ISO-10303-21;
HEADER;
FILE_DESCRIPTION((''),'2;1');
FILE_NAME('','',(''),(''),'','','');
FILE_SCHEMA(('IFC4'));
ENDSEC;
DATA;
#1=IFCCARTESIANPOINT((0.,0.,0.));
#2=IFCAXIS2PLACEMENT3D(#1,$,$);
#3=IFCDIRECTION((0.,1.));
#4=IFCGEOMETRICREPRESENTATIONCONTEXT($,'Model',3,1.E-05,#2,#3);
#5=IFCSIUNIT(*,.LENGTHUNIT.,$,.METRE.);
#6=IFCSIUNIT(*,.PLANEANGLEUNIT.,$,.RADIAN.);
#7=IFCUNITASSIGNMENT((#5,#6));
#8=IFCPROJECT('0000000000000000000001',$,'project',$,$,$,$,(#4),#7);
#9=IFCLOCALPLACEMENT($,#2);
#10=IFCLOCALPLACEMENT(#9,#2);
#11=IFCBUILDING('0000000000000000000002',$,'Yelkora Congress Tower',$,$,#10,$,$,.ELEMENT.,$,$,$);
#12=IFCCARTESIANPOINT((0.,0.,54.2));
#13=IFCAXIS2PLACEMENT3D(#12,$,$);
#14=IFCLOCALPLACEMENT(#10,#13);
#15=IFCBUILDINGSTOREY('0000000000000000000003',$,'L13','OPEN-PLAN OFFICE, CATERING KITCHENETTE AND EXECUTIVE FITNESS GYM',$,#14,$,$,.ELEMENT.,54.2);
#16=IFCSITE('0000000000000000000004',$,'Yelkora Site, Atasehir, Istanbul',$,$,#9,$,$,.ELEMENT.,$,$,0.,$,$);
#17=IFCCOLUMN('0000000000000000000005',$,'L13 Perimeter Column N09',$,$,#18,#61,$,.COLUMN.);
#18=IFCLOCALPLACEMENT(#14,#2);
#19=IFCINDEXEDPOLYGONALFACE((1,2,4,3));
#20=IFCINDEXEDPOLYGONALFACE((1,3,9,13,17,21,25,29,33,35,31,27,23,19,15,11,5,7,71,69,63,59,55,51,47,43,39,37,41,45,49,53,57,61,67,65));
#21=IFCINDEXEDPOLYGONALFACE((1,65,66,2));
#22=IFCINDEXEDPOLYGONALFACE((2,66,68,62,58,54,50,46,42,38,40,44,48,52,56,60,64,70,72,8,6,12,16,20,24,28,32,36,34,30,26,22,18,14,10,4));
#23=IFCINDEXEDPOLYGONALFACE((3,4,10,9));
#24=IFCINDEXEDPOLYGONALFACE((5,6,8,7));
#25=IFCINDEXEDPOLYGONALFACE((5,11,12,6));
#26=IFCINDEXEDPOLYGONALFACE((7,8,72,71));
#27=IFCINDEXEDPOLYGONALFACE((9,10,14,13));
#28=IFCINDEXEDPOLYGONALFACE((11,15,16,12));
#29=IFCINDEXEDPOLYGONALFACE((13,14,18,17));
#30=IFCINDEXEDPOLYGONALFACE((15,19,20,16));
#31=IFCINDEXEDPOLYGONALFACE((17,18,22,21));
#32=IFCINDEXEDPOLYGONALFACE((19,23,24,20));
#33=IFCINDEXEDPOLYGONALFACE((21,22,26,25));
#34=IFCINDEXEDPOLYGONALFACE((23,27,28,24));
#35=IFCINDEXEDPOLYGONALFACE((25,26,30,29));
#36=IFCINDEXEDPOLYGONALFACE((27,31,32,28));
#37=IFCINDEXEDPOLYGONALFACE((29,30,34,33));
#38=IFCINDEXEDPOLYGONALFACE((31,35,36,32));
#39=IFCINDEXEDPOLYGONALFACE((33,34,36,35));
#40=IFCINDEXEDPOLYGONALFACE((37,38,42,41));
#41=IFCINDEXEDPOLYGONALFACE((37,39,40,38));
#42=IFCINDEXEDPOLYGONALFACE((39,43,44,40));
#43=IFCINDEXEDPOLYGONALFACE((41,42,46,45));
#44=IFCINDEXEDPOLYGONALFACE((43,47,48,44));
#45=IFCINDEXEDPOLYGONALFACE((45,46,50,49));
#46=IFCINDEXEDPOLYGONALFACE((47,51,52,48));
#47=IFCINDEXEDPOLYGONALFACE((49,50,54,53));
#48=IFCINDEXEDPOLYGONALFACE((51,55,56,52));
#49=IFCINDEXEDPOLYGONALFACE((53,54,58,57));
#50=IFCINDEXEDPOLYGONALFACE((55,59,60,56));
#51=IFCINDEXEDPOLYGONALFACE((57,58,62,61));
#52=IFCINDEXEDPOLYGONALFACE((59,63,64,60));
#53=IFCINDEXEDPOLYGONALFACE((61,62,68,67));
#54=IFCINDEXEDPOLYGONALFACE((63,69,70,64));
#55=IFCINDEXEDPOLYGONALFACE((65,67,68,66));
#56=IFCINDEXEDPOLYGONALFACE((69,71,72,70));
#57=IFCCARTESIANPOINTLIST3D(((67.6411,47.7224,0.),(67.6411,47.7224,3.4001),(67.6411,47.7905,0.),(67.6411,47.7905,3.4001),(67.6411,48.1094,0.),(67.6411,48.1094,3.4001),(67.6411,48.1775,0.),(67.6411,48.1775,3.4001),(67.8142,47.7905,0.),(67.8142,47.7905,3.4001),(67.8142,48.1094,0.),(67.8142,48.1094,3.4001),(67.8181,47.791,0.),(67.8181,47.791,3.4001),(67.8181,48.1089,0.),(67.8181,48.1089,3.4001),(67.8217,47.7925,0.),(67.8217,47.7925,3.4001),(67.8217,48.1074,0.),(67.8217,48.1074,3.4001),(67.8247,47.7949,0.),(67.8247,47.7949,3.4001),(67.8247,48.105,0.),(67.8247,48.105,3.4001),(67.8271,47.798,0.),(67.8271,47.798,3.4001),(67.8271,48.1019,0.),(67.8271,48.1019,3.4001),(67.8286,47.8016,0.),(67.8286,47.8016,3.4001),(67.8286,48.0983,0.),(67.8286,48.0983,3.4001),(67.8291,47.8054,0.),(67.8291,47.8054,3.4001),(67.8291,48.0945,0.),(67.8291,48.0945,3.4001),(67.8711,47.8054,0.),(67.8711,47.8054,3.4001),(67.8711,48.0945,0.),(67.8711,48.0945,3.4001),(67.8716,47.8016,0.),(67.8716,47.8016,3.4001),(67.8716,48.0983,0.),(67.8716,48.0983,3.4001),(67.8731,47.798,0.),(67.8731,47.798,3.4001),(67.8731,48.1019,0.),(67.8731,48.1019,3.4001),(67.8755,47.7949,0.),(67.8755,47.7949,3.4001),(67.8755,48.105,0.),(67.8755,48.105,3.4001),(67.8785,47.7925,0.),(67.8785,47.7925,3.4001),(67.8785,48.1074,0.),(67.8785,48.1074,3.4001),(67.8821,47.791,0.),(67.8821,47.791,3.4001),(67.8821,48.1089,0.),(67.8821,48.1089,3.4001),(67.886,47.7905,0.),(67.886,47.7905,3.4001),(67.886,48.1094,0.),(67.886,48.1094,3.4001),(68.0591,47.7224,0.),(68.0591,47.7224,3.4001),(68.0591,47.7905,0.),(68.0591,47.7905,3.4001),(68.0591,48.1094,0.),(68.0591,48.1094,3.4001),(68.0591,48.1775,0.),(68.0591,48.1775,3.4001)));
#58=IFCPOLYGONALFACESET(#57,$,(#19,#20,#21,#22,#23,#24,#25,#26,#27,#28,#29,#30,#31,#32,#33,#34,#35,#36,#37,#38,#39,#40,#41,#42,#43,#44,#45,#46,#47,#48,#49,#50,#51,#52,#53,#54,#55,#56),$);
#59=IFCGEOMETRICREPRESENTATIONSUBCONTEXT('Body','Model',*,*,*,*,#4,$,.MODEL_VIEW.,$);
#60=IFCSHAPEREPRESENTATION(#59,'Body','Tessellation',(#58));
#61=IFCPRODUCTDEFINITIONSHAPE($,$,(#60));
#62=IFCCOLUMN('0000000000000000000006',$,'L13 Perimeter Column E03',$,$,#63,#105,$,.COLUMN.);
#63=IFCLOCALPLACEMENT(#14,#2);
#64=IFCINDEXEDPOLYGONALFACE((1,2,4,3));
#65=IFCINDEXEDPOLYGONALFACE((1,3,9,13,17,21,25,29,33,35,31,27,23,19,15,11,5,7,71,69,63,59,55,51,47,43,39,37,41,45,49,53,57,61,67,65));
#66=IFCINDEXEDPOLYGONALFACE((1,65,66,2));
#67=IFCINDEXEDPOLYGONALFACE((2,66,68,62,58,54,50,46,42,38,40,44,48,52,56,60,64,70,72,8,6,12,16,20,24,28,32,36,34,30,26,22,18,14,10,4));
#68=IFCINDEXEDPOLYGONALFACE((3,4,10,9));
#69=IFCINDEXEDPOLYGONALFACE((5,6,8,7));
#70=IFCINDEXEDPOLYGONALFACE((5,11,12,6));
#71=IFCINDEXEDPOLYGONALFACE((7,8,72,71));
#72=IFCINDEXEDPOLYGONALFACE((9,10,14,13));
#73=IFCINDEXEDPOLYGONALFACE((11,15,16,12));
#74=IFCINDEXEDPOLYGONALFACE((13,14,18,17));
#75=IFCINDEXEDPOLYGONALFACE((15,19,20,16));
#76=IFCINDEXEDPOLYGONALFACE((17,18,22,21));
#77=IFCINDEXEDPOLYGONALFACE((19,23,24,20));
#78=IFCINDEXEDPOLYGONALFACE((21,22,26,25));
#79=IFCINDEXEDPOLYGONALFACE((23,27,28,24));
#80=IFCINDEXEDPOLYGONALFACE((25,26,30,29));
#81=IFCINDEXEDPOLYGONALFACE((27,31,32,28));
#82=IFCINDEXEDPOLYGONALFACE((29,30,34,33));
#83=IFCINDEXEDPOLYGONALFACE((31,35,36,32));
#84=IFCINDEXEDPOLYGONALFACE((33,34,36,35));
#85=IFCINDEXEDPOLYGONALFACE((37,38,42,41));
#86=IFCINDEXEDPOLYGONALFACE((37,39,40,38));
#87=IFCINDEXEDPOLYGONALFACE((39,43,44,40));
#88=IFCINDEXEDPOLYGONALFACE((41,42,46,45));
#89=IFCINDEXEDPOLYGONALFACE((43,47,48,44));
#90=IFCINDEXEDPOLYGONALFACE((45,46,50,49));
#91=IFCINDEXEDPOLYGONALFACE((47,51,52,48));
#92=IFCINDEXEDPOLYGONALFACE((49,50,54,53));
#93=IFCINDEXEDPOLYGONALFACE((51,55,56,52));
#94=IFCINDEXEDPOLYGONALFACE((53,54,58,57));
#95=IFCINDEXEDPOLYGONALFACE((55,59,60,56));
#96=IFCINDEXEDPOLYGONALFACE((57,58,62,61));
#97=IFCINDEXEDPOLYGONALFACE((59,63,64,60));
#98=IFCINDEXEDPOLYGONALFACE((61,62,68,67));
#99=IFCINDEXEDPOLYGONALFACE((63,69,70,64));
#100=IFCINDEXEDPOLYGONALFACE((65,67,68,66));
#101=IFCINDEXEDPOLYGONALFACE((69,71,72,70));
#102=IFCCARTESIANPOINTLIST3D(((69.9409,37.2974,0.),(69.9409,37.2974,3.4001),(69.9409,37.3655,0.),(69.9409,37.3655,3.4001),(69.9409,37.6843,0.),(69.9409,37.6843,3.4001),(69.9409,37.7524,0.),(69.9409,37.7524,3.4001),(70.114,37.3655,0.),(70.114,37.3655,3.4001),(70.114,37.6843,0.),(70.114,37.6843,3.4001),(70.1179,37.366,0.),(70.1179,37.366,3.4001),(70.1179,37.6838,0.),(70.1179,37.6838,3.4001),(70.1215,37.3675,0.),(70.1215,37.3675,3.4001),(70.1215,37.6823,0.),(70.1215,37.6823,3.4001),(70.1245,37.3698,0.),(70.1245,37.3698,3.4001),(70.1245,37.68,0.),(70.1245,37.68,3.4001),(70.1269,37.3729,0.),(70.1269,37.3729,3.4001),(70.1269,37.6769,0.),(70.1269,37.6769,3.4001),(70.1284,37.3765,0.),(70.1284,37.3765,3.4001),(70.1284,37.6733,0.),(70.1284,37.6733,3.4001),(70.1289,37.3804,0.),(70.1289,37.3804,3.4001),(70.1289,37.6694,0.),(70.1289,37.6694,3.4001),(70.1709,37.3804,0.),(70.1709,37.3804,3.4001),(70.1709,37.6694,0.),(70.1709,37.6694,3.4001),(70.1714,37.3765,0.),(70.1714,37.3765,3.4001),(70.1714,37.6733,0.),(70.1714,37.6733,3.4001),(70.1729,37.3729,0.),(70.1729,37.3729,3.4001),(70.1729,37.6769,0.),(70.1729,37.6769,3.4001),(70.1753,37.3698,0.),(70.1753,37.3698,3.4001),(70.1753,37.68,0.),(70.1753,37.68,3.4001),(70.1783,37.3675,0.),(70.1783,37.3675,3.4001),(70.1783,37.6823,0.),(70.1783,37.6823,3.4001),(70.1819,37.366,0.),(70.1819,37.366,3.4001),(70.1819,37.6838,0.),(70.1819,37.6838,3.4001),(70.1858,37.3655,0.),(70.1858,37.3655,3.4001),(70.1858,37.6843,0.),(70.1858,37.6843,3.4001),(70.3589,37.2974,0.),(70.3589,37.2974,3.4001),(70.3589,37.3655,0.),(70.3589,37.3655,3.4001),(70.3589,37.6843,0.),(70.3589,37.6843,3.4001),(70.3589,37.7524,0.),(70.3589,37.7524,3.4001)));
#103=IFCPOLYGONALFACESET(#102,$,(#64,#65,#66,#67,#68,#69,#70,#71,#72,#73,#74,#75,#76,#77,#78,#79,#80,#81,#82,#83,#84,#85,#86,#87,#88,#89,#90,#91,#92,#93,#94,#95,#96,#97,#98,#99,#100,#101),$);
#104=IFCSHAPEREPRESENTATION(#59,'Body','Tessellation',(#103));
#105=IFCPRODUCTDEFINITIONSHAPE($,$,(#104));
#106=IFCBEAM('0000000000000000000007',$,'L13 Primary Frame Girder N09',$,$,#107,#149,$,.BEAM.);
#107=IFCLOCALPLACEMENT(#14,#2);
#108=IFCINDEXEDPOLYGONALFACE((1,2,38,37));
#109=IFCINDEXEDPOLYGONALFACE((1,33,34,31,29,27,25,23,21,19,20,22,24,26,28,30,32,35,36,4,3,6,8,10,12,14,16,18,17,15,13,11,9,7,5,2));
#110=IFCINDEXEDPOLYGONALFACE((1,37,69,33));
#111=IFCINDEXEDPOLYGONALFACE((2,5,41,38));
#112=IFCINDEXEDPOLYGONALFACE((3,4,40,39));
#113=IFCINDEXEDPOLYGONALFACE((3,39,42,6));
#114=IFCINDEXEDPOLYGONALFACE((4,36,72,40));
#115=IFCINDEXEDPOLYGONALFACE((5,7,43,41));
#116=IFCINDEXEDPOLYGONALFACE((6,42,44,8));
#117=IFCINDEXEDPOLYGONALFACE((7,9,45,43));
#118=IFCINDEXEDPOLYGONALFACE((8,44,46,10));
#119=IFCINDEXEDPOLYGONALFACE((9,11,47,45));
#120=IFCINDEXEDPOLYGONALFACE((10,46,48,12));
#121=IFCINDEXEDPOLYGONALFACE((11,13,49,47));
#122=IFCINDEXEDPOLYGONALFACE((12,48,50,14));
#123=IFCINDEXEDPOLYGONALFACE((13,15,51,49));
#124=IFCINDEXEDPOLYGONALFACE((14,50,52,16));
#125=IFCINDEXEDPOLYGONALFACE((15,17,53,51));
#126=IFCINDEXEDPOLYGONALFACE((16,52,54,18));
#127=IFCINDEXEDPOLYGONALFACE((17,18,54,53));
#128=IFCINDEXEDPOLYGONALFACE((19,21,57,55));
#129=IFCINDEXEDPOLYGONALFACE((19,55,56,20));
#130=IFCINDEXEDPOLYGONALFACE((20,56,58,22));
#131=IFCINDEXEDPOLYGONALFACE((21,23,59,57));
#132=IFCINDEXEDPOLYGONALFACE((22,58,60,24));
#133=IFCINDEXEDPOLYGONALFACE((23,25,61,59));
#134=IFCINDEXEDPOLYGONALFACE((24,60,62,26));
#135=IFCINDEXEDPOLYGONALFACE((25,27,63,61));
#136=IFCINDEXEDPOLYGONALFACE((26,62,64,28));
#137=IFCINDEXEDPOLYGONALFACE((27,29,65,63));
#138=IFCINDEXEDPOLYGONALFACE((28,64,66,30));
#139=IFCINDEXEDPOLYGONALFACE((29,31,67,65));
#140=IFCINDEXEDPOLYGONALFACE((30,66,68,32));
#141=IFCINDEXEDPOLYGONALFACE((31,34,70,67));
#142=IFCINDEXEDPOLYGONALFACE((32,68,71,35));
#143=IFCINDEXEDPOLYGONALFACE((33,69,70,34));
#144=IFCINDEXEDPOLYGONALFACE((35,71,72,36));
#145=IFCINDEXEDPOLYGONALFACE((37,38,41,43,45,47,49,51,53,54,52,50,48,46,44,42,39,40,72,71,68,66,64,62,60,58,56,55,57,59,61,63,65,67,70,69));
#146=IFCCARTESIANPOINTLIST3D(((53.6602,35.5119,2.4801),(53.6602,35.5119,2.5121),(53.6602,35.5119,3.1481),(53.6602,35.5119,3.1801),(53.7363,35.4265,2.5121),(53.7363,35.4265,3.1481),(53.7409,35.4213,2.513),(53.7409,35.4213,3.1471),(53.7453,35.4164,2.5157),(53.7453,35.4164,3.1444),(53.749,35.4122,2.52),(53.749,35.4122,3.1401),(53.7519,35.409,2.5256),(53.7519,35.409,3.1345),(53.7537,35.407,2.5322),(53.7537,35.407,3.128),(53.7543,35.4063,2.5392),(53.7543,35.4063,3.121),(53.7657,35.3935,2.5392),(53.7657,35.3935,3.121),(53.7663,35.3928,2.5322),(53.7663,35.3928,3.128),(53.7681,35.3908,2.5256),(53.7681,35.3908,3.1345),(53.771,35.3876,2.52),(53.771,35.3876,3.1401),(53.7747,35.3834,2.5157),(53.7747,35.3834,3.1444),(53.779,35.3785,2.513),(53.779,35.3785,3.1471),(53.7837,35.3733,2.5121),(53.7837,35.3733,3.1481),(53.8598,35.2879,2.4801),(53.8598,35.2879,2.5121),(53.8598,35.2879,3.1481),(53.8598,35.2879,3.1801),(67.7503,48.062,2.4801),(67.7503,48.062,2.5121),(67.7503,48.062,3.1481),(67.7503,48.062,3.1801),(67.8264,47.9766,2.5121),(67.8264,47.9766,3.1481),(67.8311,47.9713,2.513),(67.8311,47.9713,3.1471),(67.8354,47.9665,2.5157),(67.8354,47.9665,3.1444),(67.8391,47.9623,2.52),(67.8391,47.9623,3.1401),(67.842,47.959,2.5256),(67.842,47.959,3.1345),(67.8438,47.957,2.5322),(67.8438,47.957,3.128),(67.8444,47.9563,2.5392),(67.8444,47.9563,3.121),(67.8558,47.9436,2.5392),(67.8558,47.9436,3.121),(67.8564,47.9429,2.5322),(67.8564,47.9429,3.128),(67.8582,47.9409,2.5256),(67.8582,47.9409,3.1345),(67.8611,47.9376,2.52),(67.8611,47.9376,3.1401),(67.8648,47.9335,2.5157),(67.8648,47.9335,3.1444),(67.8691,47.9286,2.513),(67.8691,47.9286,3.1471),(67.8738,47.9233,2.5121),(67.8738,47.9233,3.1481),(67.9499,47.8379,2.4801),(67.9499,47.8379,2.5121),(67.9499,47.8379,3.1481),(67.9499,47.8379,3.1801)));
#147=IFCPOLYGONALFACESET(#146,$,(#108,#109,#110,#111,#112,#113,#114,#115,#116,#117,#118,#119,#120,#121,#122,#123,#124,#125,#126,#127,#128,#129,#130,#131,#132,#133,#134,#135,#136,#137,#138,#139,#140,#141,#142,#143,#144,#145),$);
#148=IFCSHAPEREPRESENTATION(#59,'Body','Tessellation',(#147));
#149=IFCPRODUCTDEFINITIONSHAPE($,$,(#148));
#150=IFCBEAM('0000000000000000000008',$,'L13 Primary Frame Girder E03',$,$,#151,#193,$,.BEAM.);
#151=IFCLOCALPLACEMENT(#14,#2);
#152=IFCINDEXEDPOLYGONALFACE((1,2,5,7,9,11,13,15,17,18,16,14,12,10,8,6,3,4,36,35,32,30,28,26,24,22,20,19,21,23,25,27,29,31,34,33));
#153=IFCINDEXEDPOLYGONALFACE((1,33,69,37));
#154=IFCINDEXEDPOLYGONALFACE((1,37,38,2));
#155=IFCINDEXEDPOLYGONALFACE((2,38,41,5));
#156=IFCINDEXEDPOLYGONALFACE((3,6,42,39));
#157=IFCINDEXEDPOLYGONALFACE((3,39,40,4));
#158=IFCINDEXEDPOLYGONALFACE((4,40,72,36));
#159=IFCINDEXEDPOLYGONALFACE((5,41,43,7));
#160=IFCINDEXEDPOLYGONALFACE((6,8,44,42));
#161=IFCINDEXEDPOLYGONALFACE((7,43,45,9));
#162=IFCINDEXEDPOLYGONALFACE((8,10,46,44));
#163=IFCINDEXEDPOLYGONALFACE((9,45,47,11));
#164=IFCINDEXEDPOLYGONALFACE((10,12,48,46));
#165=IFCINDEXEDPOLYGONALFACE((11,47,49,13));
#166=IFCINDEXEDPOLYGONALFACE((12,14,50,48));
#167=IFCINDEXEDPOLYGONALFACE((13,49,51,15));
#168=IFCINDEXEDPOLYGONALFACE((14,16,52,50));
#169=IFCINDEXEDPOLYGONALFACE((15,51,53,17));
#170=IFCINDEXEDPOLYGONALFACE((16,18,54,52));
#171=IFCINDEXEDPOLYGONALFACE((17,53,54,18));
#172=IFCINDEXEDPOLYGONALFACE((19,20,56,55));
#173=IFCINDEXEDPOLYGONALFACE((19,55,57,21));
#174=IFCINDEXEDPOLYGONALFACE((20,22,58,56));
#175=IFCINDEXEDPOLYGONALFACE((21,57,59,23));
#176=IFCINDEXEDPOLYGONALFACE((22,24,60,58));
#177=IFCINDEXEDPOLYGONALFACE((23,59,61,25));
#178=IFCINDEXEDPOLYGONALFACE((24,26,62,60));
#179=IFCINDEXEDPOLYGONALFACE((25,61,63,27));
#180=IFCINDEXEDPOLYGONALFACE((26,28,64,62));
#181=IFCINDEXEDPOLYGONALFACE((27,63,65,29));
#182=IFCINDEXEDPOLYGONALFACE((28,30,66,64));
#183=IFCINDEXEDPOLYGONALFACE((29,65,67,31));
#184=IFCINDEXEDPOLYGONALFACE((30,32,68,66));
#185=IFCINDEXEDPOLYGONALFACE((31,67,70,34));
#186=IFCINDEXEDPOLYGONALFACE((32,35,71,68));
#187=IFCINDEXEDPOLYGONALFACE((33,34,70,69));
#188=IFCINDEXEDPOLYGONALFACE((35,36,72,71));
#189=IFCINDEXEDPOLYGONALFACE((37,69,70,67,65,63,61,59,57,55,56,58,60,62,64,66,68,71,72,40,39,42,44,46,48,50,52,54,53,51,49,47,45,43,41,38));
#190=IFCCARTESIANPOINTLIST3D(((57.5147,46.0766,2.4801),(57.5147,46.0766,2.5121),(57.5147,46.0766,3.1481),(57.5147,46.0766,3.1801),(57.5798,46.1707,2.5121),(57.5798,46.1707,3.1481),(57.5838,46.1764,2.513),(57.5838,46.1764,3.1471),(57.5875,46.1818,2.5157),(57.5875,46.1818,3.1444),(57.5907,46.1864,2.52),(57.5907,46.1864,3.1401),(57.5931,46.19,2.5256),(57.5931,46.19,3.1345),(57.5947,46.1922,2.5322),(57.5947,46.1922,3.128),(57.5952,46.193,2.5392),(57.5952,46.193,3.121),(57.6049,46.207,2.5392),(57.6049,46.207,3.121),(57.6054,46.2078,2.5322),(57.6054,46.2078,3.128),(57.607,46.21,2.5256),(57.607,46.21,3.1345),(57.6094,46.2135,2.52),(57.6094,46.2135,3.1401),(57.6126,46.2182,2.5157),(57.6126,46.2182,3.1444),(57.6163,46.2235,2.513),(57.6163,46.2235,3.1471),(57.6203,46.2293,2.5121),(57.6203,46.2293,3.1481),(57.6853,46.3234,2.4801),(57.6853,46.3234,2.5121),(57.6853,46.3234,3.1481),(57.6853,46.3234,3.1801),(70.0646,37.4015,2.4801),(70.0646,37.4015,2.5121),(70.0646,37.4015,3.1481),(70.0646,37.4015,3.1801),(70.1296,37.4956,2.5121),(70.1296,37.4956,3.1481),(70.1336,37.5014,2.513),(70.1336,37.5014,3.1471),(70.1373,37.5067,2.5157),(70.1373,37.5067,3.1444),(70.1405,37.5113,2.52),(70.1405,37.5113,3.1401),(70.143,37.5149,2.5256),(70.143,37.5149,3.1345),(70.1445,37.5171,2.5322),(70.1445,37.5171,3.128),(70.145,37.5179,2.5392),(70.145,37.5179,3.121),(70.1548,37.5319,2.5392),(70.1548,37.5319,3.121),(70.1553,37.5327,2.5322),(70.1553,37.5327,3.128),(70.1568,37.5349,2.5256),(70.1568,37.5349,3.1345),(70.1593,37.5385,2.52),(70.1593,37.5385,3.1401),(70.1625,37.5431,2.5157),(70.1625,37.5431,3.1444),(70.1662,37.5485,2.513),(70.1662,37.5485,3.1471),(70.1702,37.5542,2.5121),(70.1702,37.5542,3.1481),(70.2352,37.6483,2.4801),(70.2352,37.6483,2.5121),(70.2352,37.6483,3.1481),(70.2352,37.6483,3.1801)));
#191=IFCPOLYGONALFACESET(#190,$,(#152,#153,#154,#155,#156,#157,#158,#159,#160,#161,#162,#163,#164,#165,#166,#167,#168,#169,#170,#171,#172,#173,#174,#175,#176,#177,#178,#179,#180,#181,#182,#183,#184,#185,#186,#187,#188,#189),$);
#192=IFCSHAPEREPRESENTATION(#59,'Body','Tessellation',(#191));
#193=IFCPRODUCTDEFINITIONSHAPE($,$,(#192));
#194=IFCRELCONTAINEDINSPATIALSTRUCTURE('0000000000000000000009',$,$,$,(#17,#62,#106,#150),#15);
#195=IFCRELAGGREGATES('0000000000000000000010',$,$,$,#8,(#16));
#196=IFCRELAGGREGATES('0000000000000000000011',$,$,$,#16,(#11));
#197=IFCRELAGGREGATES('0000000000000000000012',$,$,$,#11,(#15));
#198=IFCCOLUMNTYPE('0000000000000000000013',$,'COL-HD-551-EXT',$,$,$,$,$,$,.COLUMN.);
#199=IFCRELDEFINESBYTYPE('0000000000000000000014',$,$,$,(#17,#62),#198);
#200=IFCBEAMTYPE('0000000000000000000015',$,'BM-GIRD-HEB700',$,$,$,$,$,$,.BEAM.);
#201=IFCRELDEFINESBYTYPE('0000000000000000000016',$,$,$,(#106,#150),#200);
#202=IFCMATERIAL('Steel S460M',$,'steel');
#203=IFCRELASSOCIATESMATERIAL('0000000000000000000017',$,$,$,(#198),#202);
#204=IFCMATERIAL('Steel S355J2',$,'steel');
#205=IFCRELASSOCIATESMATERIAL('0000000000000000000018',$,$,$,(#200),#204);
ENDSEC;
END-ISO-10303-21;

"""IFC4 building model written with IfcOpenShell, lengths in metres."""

from ifc_helpers import new_model, si_unit, direction, frame, origin, origin_2d, place, context, subcontext, project, spatial, i_section, extrude, material, material_profile, profile_set, type_object, element, save


model = new_model("IFC4")

# Units and contexts
model_context = context("Model", 3, precision=1e-05, world=origin(), true_north=direction((0.0, 1.0)))
body_context = subcontext(model_context, "Body", "Model", "MODEL_VIEW")
ifc_project = project(units=[si_unit("LENGTHUNIT", "METRE"), si_unit("PLANEANGLEUNIT", "RADIAN")], contexts=[model_context])

# Site, building, storey
site_placement = place(None, origin())
site = spatial("IfcSite", under=ifc_project, at=site_placement, Name="Yelkora Site, Atasehir, Istanbul", CompositionType="ELEMENT", RefElevation=0.0)
building_placement = place(site_placement, origin())
building = spatial("IfcBuilding", under=site, at=building_placement, Name="Yelkora Congress Tower", CompositionType="ELEMENT")
storey_placement = place(building_placement, frame((0.0, 0.0, 54.2)))
storey = spatial("IfcBuildingStorey", under=building, at=storey_placement, Name="L13", Description="OPEN-PLAN OFFICE, CATERING KITCHENETTE AND EXECUTIVE FITNESS GYM", CompositionType="ELEMENT", Elevation=54.2)

# Columns
ifc_material_1 = material(Name="Steel S460M", Category="steel")
ifc_material_profile_1 = material_profile(ifc_material_1, i_section(OverallWidth=0.418, OverallDepth=0.4551, WebThickness=0.042, FlangeThickness=0.0681, FilletRadius=0.0149, at=origin_2d()), Name="HD 400x551")
ifc_profile_set_1 = profile_set([ifc_material_profile_1], Name="Steel S460M")
column_type = type_object("IfcColumnType", Name="COL-HD-551-EXT", PredefinedType="COLUMN", material=ifc_profile_set_1)
for number, where, z_axis, x_axis, name in (
    (1, (67.8501, 47.95, 0.0), (0.0, 0.0, 1.0), (1.0, 0.0, 0.0), "L13 Perimeter Column N09"),
    (2, (70.1499, 37.5249, 0.0), (0.0, 0.0, 1.0), (1.0, 0.0, 0.0), "L13 Perimeter Column E03"),
):
    element("IfcColumn", number, at=place(storey_placement, frame(where, z_axis=z_axis, x_axis=x_axis)), inside=storey, type_object=column_type, Name=name, PredefinedType="COLUMN", context=body_context, shape_type="SweptSolid", body=[
        extrude(i_section(OverallWidth=0.418, OverallDepth=0.4551, WebThickness=0.042, FlangeThickness=0.0681, FilletRadius=0.0149, at=origin_2d()), origin(), (0.0, 0.0, 1.0), 3.4001),
    ])

# Beams
ifc_material_2 = material(Name="Steel S355J2", Category="steel")
ifc_material_profile_2 = material_profile(ifc_material_2, i_section(OverallWidth=0.3, OverallDepth=0.7, WebThickness=0.0171, FlangeThickness=0.032, FilletRadius=0.0271, at=origin_2d()), Name="HEB 700")
ifc_profile_set_2 = profile_set([ifc_material_profile_2], Name="Steel S355J2")
beam_type_1 = type_object("IfcBeamType", Name="BM-GIRD-HEB700", PredefinedType="BEAM", material=ifc_profile_set_2)
beam_1_placement = place(storey_placement, frame((67.8501, 47.95, 2.8301), z_axis=(-0.746737, -0.665119, 0.0), x_axis=(0.665119, -0.746737, 0.0)))
element("IfcBeam", 3, at=beam_1_placement, inside=storey, type_object=beam_type_1, Name="L13 Primary Frame Girder N09", PredefinedType="BEAM", context=body_context, shape_type="SweptSolid", body=[
    extrude(i_section(OverallWidth=0.3, OverallDepth=0.7, WebThickness=0.0171, FlangeThickness=0.032, FilletRadius=0.0271, at=origin_2d()), origin(), (0.0, 0.0, 1.0), 18.8689),
])
beam_2_placement = place(storey_placement, frame((70.1499, 37.5249, 2.8301), z_axis=(-0.822599, 0.568622, 0.0), x_axis=(-0.568622, -0.822599, 0.0)))
element("IfcBeam", 4, at=beam_2_placement, inside=storey, type_object=beam_type_1, Name="L13 Primary Frame Girder E03", PredefinedType="BEAM", context=body_context, shape_type="SweptSolid", body=[
    extrude(i_section(OverallWidth=0.3, OverallDepth=0.7, WebThickness=0.0171, FlangeThickness=0.032, FilletRadius=0.0271, at=origin_2d()), origin(), (0.0, 0.0, 1.0), 15.2563),
])

save(model, "model.ifc")
